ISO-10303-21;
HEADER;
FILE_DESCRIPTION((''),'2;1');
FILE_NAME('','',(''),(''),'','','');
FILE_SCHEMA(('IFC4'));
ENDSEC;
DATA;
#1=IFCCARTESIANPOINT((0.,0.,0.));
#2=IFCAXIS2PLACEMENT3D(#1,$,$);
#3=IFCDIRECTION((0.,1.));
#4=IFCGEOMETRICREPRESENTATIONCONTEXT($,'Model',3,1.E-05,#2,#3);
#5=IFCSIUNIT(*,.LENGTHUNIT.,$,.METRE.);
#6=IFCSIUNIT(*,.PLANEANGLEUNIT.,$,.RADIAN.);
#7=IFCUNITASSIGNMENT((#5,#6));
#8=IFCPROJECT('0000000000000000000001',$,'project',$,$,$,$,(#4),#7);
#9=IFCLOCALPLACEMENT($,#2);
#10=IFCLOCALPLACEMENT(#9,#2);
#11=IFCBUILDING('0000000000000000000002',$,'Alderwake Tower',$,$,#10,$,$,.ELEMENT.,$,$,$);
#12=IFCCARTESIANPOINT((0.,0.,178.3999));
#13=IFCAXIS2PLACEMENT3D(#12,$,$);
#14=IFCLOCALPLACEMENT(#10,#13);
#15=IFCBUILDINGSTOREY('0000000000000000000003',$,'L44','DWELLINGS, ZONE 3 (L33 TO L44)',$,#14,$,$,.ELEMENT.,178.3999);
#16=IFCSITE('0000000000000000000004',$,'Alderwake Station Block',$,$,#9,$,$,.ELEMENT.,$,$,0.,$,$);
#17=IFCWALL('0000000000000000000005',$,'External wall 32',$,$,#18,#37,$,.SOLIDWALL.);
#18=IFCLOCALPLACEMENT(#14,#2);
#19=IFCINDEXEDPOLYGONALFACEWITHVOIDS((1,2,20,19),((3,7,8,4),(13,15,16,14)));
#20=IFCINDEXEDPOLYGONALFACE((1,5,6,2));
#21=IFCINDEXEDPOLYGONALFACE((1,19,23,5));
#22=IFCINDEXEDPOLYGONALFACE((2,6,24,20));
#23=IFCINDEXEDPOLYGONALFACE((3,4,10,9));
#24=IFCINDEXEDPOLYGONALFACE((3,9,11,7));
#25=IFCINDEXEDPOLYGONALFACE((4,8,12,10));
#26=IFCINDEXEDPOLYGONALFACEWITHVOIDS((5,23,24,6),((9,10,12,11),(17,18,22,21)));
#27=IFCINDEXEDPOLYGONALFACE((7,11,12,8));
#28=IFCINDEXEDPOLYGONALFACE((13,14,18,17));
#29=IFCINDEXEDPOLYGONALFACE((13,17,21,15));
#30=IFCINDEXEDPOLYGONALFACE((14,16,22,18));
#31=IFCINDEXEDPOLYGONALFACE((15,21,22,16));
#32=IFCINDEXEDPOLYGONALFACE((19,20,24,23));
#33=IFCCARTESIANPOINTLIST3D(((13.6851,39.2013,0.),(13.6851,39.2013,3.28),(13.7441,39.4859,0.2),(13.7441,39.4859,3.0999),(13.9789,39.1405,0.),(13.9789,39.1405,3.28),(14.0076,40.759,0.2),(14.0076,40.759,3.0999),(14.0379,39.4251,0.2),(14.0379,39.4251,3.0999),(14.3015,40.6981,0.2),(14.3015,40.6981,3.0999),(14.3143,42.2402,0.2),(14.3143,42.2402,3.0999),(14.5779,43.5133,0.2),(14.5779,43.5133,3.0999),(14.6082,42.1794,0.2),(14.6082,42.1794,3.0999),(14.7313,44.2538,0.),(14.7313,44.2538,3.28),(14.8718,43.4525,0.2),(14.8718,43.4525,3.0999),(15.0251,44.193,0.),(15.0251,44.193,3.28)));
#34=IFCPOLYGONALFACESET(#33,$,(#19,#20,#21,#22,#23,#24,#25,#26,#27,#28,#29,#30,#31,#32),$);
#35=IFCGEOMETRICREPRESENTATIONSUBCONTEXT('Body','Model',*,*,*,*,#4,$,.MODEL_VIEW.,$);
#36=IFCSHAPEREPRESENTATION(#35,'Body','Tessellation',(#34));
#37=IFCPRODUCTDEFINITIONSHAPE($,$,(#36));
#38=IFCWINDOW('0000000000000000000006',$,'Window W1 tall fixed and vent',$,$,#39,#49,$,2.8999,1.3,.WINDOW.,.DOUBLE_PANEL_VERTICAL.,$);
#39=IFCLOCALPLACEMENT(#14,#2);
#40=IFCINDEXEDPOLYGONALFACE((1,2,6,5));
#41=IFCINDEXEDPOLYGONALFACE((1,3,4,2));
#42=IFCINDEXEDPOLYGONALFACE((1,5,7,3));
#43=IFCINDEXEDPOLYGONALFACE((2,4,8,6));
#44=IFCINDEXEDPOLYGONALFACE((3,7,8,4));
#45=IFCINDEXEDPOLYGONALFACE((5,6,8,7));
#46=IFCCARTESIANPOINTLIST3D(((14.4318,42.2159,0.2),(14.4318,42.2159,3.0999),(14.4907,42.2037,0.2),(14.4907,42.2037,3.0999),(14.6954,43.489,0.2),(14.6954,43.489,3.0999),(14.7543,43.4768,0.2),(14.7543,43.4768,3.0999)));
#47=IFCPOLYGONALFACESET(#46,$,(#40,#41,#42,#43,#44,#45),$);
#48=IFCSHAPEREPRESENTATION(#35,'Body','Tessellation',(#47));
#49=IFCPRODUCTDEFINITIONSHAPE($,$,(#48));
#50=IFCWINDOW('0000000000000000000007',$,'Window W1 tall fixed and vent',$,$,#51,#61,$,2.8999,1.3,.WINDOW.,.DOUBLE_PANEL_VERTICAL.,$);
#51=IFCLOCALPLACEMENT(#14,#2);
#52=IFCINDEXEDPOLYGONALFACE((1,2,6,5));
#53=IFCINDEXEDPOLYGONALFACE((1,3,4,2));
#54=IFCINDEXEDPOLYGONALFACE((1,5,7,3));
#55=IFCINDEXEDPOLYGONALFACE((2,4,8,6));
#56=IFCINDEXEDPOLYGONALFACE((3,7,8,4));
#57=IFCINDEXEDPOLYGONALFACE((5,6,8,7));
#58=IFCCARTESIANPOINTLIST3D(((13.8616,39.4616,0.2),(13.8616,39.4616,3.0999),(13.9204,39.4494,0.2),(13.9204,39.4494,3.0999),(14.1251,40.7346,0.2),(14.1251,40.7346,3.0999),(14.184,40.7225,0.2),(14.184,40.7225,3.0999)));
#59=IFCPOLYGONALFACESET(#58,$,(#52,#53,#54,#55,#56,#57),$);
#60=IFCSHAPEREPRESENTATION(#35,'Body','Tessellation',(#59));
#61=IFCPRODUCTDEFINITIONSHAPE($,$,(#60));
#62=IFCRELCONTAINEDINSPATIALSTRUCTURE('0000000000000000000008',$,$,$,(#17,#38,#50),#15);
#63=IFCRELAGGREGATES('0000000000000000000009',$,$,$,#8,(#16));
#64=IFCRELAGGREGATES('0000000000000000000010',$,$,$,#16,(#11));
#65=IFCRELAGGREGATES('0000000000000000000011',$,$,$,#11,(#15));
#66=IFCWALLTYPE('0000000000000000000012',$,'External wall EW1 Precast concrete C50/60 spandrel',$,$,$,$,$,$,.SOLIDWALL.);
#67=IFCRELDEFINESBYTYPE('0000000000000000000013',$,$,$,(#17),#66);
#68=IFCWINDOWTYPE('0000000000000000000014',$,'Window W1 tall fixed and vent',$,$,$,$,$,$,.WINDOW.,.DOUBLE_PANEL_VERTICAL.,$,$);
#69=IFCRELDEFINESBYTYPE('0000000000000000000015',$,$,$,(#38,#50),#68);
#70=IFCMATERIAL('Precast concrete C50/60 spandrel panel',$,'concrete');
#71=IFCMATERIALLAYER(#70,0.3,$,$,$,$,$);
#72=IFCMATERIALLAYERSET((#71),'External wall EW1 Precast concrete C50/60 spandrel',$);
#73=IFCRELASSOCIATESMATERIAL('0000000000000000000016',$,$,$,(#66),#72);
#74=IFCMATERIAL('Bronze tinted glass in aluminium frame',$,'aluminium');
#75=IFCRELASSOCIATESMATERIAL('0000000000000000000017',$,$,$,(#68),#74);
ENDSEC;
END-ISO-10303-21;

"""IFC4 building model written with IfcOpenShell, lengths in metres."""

from ifc_helpers import new_model, si_unit, direction, frame, frame_2d, origin, place, context, subcontext, project, spatial, rectangle, extrude, material, layer, layer_set, type_object, element, fill, save


model = new_model("IFC4")

# Units and contexts
model_context = context("Model", 3, precision=1e-05, world=origin(), true_north=direction((0.0, 1.0)))
body_context = subcontext(model_context, "Body", "Model", "MODEL_VIEW")
ifc_project = project(units=[si_unit("LENGTHUNIT", "METRE"), si_unit("PLANEANGLEUNIT", "RADIAN")], contexts=[model_context])

# Site, building, storey
site_placement = place(None, origin())
site = spatial("IfcSite", under=ifc_project, at=site_placement, Name="Alderwake Station Block", CompositionType="ELEMENT", RefElevation=0.0)
building_placement = place(site_placement, origin())
building = spatial("IfcBuilding", under=site, at=building_placement, Name="Alderwake Tower", CompositionType="ELEMENT")
storey_placement = place(building_placement, frame((0.0, 0.0, 178.3999)))
storey = spatial("IfcBuildingStorey", under=building, at=storey_placement, Name="L44", Description="DWELLINGS, ZONE 3 (L33 TO L44)", CompositionType="ELEMENT", Elevation=178.3999)

# Wall, openings, windows
ifc_material_1 = material(Name="Precast concrete C50/60 spandrel panel", Category="concrete")
ifc_layer_1 = layer(ifc_material_1, 0.3)
ifc_layer_set_1 = layer_set([ifc_layer_1], Name="External wall EW1 Precast concrete C50/60 spandrel")
wall_type_1 = type_object("IfcWallType", Name="External wall EW1 Precast concrete C50/60 spandrel", PredefinedType="SOLIDWALL", material=ifc_layer_set_1)
wall_1_placement = place(storey_placement, frame((14.8782, 44.2234, 0.0), z_axis=(0.0, 0.0, 1.0), x_axis=(-0.202754, -0.97923, 0.0)))
wall_1 = element("IfcWall", 1, at=wall_1_placement, inside=storey, type_object=wall_type_1, Name="External wall 32", PredefinedType="SOLIDWALL", context=body_context, shape_type="SweptSolid", body=[
    extrude(rectangle(XDim=5.1597, YDim=0.3, at=frame_2d((2.5798, 0.0))), origin(), (0.0, 0.0, 1.0), 3.28),
])
opening_1_placement = place(wall_1_placement, frame((0.7563, 0.0, 0.2)))
opening_1 = element("IfcOpeningElement", 2, at=opening_1_placement, cuts=wall_1, PredefinedType="OPENING", context=body_context, shape_type="SweptSolid", body=[
    extrude(rectangle(XDim=1.3, YDim=2.8999, at=frame_2d((0.6499, 1.45))), frame((0.0, 0.1599, 0.0), z_axis=(0.0, -1.0, 0.0), x_axis=(1.0, 0.0, 0.0)), (0.0, 0.0, 1.0), 0.3201),
])
opening_2_placement = place(wall_1_placement, frame((3.5691, 0.0, 0.2)))
opening_2 = element("IfcOpeningElement", 3, at=opening_2_placement, cuts=wall_1, PredefinedType="OPENING", context=body_context, shape_type="SweptSolid", body=[
    extrude(rectangle(XDim=1.3, YDim=2.8999, at=frame_2d((0.6499, 1.45))), frame((0.0, 0.1599, 0.0), z_axis=(0.0, -1.0, 0.0), x_axis=(1.0, 0.0, 0.0)), (0.0, 0.0, 1.0), 0.3201),
])
ifc_material_2 = material(Name="Bronze tinted glass in aluminium frame", Category="aluminium")
window_type = type_object("IfcWindowType", Name="Window W1 tall fixed and vent", PartitioningType="DOUBLE_PANEL_VERTICAL", PredefinedType="WINDOW", material=ifc_material_2)
window_1_placement = place(opening_1_placement, origin())
window_1 = element("IfcWindow", 4, at=window_1_placement, inside=storey, type_object=window_type, Name="Window W1 tall fixed and vent", OverallHeight=2.8999, OverallWidth=1.3, PartitioningType="DOUBLE_PANEL_VERTICAL", PredefinedType="WINDOW", context=body_context, shape_type="SweptSolid", body=[
    extrude(rectangle(XDim=1.3, YDim=2.8999, at=frame_2d((0.6499, 1.45))), frame((0.0, 0.03, 0.0), z_axis=(0.0, -1.0, 0.0), x_axis=(1.0, 0.0, 0.0)), (0.0, 0.0, 1.0), 0.0601),
])
fill(opening_1, window_1)
window_2_placement = place(opening_2_placement, origin())
window_2 = element("IfcWindow", 5, at=window_2_placement, inside=storey, type_object=window_type, Name="Window W1 tall fixed and vent", OverallHeight=2.8999, OverallWidth=1.3, PartitioningType="DOUBLE_PANEL_VERTICAL", PredefinedType="WINDOW", context=body_context, shape_type="SweptSolid", body=[
    extrude(rectangle(XDim=1.3, YDim=2.8999, at=frame_2d((0.6499, 1.45))), frame((0.0, 0.03, 0.0), z_axis=(0.0, -1.0, 0.0), x_axis=(1.0, 0.0, 0.0)), (0.0, 0.0, 1.0), 0.0601),
])
fill(opening_2, window_2)

save(model, "model.ifc")
